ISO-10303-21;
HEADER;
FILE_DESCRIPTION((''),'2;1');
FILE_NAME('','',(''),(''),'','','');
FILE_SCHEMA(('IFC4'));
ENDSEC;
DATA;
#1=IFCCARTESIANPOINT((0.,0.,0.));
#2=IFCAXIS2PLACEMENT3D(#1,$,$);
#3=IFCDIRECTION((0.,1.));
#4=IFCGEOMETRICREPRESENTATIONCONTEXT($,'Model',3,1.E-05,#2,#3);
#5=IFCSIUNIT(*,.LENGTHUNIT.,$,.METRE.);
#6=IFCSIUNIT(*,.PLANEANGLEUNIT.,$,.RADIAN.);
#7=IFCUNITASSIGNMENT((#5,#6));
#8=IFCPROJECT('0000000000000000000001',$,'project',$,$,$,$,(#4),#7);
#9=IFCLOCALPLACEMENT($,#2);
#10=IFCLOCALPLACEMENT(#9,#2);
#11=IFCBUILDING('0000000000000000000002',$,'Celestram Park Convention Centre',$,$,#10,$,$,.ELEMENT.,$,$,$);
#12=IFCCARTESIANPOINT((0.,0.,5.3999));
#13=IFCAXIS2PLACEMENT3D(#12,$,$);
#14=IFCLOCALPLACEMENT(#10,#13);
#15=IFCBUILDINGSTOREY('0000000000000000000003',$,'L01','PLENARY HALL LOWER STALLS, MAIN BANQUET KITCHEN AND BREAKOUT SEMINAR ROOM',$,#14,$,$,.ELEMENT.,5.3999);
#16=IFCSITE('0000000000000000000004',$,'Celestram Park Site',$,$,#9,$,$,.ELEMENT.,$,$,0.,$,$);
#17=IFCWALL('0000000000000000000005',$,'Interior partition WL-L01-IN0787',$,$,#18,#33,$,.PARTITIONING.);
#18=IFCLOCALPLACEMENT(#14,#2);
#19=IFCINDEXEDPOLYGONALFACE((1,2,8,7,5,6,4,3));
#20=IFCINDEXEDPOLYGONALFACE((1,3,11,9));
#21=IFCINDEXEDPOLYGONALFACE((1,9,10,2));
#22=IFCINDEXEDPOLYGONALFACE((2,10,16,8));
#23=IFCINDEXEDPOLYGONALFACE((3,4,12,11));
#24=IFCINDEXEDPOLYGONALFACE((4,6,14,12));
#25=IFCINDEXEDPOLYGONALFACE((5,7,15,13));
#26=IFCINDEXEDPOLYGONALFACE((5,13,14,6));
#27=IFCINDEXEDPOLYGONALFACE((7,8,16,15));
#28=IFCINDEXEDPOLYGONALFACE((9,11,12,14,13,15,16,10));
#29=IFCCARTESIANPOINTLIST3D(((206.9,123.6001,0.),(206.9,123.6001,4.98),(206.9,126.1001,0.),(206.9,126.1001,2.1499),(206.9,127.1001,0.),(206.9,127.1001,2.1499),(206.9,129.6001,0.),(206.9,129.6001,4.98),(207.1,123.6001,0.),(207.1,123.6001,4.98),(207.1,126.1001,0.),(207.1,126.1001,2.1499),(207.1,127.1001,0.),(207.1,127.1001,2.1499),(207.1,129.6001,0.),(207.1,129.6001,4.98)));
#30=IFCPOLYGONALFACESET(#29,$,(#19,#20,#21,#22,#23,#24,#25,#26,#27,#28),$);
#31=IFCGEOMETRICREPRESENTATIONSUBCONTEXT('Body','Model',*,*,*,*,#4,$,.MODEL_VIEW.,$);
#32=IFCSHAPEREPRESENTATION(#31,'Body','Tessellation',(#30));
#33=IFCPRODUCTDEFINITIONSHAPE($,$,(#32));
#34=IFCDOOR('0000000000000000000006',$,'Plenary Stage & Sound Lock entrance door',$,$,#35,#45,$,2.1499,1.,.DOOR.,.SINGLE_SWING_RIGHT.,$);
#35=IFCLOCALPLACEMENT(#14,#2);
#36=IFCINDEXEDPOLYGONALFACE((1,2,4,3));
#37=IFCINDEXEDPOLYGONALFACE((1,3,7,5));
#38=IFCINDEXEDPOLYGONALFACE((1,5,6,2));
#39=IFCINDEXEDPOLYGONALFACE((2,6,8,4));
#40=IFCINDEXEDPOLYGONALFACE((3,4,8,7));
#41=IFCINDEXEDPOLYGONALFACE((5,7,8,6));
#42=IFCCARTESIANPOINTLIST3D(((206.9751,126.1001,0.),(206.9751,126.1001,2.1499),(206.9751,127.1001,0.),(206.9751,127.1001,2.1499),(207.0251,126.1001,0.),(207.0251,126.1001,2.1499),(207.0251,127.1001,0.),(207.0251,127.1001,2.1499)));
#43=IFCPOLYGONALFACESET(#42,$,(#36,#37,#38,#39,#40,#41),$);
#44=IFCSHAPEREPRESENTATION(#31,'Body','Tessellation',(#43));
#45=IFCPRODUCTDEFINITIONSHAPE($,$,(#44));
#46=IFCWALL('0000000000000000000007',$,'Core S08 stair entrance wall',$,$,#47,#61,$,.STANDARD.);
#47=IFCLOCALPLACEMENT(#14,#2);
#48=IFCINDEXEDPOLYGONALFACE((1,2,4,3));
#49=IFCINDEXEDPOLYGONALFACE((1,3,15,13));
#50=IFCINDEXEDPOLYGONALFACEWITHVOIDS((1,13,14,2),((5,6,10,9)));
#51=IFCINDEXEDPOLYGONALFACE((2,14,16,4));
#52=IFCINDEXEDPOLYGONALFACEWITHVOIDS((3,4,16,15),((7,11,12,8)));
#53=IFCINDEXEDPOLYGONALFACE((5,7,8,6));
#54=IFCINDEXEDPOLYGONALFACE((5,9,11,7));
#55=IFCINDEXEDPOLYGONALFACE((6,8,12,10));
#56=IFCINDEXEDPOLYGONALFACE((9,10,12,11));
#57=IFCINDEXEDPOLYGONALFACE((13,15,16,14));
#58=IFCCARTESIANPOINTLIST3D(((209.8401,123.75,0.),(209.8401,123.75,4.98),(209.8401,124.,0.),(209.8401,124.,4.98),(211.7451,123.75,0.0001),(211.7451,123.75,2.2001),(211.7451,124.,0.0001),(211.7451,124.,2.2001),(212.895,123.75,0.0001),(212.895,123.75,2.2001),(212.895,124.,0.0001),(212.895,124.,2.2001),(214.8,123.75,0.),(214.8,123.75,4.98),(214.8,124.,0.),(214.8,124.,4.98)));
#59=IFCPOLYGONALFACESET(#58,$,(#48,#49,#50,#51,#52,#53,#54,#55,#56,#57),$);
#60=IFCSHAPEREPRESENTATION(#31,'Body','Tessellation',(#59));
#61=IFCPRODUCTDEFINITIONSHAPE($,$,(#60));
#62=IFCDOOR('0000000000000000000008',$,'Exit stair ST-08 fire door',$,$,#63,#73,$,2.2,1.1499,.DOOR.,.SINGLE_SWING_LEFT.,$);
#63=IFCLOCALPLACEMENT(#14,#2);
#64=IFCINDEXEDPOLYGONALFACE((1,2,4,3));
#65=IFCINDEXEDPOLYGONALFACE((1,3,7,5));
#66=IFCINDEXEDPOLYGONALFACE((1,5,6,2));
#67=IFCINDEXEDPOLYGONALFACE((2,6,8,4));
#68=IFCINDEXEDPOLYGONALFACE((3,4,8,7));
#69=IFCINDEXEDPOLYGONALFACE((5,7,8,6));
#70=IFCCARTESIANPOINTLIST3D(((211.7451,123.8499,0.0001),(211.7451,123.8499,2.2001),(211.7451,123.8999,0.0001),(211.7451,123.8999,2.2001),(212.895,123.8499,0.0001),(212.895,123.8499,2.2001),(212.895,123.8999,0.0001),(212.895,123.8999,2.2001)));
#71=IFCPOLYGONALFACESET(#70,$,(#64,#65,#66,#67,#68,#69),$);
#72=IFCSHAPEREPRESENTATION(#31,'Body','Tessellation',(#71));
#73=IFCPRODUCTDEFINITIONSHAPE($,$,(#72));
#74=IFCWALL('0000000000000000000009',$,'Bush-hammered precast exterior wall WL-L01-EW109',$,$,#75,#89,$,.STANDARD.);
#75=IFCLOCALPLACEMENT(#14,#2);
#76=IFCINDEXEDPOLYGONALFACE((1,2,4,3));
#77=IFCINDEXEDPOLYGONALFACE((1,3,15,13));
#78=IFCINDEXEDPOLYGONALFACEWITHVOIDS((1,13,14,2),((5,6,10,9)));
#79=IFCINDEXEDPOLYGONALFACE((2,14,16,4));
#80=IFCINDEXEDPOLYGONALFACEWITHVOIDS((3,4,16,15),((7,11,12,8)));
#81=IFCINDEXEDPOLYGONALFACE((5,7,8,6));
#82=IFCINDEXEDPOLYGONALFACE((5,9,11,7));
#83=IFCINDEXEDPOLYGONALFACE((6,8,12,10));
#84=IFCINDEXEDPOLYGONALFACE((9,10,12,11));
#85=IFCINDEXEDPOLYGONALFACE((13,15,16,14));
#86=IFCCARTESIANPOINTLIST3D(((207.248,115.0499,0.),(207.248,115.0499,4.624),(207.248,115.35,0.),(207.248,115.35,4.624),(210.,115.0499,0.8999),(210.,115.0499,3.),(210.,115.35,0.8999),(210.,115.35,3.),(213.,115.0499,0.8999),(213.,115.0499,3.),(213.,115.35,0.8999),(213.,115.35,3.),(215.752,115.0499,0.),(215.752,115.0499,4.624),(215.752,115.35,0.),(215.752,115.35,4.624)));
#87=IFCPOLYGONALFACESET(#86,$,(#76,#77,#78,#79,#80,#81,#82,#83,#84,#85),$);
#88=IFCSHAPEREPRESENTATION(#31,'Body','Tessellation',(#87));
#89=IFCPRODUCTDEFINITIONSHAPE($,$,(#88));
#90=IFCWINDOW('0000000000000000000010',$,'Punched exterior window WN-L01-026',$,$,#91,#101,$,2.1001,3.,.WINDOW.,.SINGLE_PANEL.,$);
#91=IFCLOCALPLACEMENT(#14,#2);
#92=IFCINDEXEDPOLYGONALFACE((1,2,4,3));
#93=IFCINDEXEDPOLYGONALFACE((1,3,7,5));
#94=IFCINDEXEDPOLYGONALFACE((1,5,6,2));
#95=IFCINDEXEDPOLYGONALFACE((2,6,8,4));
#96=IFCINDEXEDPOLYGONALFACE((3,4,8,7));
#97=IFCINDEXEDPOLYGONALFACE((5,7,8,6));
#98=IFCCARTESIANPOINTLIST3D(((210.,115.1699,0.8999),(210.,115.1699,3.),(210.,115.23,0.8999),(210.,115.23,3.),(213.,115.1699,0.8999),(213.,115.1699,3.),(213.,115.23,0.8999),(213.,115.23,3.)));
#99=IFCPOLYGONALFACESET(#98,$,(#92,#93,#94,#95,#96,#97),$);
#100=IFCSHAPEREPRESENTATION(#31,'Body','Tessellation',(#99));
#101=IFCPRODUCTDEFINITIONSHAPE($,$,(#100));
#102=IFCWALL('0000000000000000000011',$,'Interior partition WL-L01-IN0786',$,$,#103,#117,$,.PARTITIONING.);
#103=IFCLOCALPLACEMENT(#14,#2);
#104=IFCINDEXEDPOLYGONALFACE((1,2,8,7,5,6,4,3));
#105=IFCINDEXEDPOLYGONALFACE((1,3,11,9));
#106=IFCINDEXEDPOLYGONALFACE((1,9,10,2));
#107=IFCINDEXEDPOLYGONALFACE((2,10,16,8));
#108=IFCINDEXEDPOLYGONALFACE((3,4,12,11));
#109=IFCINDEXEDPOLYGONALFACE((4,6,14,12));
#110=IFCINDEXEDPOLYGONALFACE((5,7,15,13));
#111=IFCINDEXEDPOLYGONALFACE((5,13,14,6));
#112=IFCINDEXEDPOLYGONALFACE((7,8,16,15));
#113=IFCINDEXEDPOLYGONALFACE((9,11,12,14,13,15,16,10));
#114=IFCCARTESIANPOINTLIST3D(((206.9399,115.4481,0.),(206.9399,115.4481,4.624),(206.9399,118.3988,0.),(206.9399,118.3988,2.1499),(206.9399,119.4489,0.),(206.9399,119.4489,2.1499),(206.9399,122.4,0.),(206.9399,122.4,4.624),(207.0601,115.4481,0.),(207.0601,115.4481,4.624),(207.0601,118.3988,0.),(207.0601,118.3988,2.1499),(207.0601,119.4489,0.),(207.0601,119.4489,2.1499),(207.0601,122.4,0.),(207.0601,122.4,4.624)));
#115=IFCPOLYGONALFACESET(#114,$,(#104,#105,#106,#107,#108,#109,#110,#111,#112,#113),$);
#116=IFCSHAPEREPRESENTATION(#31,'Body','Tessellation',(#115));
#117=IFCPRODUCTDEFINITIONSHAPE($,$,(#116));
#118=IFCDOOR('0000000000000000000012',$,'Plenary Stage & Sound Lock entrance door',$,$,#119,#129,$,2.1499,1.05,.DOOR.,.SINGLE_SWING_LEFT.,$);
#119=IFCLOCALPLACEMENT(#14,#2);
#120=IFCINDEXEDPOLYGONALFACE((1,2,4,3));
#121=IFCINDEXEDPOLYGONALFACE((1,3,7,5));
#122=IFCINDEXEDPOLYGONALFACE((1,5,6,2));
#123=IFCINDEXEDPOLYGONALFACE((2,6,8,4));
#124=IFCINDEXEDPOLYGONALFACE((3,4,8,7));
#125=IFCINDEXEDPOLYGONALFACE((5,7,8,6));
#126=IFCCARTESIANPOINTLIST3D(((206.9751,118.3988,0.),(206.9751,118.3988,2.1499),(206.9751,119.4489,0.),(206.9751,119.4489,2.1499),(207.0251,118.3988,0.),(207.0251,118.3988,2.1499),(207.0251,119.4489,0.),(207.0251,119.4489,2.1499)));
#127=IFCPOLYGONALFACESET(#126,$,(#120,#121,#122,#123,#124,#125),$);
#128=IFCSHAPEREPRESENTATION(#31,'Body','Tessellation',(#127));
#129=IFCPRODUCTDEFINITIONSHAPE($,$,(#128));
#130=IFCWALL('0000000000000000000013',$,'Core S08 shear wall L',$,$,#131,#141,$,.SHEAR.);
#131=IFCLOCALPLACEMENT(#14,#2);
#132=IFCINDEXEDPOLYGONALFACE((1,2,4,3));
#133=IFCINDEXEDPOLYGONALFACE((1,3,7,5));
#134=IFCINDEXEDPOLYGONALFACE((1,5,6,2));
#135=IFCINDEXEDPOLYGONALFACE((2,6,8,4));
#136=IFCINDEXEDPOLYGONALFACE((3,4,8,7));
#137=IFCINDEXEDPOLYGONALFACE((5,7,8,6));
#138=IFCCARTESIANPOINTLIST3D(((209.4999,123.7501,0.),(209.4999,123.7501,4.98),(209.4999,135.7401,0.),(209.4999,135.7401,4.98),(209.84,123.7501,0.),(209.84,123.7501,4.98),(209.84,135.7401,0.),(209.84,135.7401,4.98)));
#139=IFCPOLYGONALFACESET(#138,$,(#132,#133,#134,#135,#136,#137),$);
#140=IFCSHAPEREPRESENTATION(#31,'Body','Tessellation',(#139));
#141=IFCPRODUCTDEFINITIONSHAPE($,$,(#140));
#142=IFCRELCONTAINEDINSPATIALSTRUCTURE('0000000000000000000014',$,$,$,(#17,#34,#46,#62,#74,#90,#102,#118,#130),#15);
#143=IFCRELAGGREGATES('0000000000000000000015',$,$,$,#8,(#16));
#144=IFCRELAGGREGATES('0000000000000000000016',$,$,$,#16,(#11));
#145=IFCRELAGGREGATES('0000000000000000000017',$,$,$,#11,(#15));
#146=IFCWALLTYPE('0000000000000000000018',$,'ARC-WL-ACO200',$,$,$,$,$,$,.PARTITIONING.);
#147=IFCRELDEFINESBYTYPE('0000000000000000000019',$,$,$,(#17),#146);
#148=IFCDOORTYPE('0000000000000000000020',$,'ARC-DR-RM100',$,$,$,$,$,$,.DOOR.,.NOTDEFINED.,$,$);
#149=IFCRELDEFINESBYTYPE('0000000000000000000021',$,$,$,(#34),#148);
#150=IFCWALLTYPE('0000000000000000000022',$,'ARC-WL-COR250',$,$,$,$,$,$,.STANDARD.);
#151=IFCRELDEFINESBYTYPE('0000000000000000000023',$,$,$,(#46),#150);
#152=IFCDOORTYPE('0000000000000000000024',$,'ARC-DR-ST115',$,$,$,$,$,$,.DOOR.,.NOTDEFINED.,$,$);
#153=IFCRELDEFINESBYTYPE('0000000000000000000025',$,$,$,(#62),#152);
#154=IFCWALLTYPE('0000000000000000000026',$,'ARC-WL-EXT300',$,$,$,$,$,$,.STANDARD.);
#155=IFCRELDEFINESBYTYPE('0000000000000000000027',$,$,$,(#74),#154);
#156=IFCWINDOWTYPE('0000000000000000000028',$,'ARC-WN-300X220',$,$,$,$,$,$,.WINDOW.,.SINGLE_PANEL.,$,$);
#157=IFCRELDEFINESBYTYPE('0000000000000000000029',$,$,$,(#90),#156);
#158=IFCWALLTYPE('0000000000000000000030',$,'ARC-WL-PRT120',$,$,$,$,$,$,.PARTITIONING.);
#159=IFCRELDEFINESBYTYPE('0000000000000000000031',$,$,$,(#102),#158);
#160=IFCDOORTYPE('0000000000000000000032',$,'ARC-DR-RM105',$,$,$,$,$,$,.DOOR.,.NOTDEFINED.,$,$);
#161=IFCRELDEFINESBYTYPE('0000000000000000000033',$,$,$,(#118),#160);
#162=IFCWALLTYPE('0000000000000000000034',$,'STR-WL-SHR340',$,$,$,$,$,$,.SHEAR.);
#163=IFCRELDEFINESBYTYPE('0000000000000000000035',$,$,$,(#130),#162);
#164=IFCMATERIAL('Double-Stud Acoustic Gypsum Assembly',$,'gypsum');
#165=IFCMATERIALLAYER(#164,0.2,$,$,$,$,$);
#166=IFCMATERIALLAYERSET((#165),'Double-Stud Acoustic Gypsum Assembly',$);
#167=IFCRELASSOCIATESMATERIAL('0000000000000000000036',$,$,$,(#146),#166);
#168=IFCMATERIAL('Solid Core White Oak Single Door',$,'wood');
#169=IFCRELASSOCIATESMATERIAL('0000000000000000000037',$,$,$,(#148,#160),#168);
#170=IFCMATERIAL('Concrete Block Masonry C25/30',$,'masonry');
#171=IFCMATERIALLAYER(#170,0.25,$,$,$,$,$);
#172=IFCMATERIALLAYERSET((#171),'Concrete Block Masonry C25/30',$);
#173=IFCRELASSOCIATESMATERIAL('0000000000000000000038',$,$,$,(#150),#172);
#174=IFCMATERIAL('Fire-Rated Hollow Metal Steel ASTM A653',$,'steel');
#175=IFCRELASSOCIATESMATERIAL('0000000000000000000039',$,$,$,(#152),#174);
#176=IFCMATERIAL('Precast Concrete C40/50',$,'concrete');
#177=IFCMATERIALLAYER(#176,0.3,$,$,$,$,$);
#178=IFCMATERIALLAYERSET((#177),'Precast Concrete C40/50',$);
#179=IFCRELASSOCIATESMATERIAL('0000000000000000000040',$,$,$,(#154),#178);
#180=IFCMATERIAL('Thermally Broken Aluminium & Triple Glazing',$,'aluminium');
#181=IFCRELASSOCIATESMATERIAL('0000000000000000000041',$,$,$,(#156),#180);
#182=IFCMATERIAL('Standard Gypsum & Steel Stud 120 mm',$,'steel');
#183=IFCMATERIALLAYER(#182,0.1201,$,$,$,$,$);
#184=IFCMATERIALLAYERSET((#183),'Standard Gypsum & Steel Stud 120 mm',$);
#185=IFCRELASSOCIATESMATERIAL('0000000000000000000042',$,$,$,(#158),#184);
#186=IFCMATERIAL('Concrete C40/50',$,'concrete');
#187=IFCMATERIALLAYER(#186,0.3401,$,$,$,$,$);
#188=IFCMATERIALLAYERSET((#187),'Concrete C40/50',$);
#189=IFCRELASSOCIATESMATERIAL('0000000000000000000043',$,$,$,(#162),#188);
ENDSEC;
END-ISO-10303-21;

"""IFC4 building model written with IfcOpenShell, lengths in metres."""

from ifc_helpers import new_model, si_unit, direction, frame, frame_2d, origin, place, context, subcontext, project, spatial, rectangle, extrude, material, layer, layer_set, type_object, element, fill, save


model = new_model("IFC4")

# Units and contexts
model_context = context("Model", 3, precision=1e-05, world=origin(), true_north=direction((0.0, 1.0)))
body_context = subcontext(model_context, "Body", "Model", "MODEL_VIEW")
ifc_project = project(units=[si_unit("LENGTHUNIT", "METRE"), si_unit("PLANEANGLEUNIT", "RADIAN")], contexts=[model_context])

# Site, building, storey
site_placement = place(None, origin())
site = spatial("IfcSite", under=ifc_project, at=site_placement, Name="Celestram Park Site", CompositionType="ELEMENT", RefElevation=0.0)
building_placement = place(site_placement, origin())
building = spatial("IfcBuilding", under=site, at=building_placement, Name="Celestram Park Convention Centre", CompositionType="ELEMENT")
storey_placement = place(building_placement, frame((0.0, 0.0, 5.3999)))
storey = spatial("IfcBuildingStorey", under=building, at=storey_placement, Name="L01", Description="PLENARY HALL LOWER STALLS, MAIN BANQUET KITCHEN AND BREAKOUT SEMINAR ROOM", CompositionType="ELEMENT", Elevation=5.3999)

# Walls, openings, doors
ifc_material_1 = material(Name="Double-Stud Acoustic Gypsum Assembly", Category="gypsum")
ifc_layer_1 = layer(ifc_material_1, 0.2)
ifc_layer_set_1 = layer_set([ifc_layer_1], Name="Double-Stud Acoustic Gypsum Assembly")
wall_type_1 = type_object("IfcWallType", Name="ARC-WL-ACO200", PredefinedType="PARTITIONING", material=ifc_layer_set_1)
wall_1_placement = place(storey_placement, frame((207.0, 123.6001, 0.0), z_axis=(0.0, 0.0, 1.0), x_axis=(0.0, 1.0, 0.0)))
wall_1 = element("IfcWall", 1, at=wall_1_placement, inside=storey, type_object=wall_type_1, Name="Interior partition WL-L01-IN0787", PredefinedType="PARTITIONING", context=body_context, shape_type="SweptSolid", body=[
    extrude(rectangle(XDim=6.0, YDim=0.2, at=frame_2d((3.0, 0.0))), origin(), (0.0, 0.0, 1.0), 4.98),
])
opening_1_placement = place(wall_1_placement, frame((2.5, 0.0, 0.0)))
opening_1 = element("IfcOpeningElement", 2, at=opening_1_placement, cuts=wall_1, PredefinedType="OPENING", context=body_context, shape_type="SweptSolid", body=[
    extrude(rectangle(XDim=1.0, YDim=2.1499, at=frame_2d((0.5, 1.075))), frame((0.0, 0.1099, 0.0), z_axis=(0.0, -1.0, 0.0), x_axis=(1.0, 0.0, 0.0)), (0.0, 0.0, 1.0), 0.22),
])
ifc_material_2 = material(Name="Solid Core White Oak Single Door", Category="wood")
door_type_1 = type_object("IfcDoorType", Name="ARC-DR-RM100", OperationType="NOTDEFINED", PredefinedType="DOOR", material=ifc_material_2)
door_1_placement = place(opening_1_placement, origin())
door_1 = element("IfcDoor", 3, at=door_1_placement, inside=storey, type_object=door_type_1, Name="Plenary Stage & Sound Lock entrance door", OperationType="SINGLE_SWING_RIGHT", OverallHeight=2.1499, OverallWidth=1.0, PredefinedType="DOOR", context=body_context, shape_type="SweptSolid", body=[
    extrude(rectangle(XDim=1.0, YDim=2.1499, at=frame_2d((0.5, 1.075))), frame((0.0, 0.0249, 0.0), z_axis=(0.0, -1.0, 0.0), x_axis=(1.0, 0.0, 0.0)), (0.0, 0.0, 1.0), 0.05),
])
fill(opening_1, door_1)
ifc_material_3 = material(Name="Concrete Block Masonry C25/30", Category="masonry")
ifc_layer_2 = layer(ifc_material_3, 0.25)
ifc_layer_set_2 = layer_set([ifc_layer_2], Name="Concrete Block Masonry C25/30")
wall_type_2 = type_object("IfcWallType", Name="ARC-WL-COR250", PredefinedType="STANDARD", material=ifc_layer_set_2)
wall_2_placement = place(storey_placement, frame((209.8401, 123.875, 0.0), z_axis=(0.0, 0.0, 1.0), x_axis=(1.0, 0.0, 0.0)))
wall_2 = element("IfcWall", 4, at=wall_2_placement, inside=storey, type_object=wall_type_2, Name="Core S08 stair entrance wall", PredefinedType="STANDARD", context=body_context, shape_type="SweptSolid", body=[
    extrude(rectangle(XDim=4.96, YDim=0.25, at=frame_2d((2.48, 0.0))), origin(), (0.0, 0.0, 1.0), 4.98),
])
opening_2_placement = place(wall_2_placement, frame((1.905, 0.0, 0.0)))
opening_2 = element("IfcOpeningElement", 5, at=opening_2_placement, cuts=wall_2, PredefinedType="OPENING", context=body_context, shape_type="SweptSolid", body=[
    extrude(rectangle(XDim=1.1499, YDim=2.2, at=frame_2d((0.575, 1.1001))), frame((0.0, 0.135, 0.0), z_axis=(0.0, -1.0, 0.0), x_axis=(1.0, 0.0, 0.0)), (0.0, 0.0, 1.0), 0.27),
])
ifc_material_4 = material(Name="Fire-Rated Hollow Metal Steel ASTM A653", Category="steel")
door_type_2 = type_object("IfcDoorType", Name="ARC-DR-ST115", OperationType="NOTDEFINED", PredefinedType="DOOR", material=ifc_material_4)
door_2_placement = place(opening_2_placement, origin())
door_2 = element("IfcDoor", 6, at=door_2_placement, inside=storey, type_object=door_type_2, Name="Exit stair ST-08 fire door", OperationType="SINGLE_SWING_LEFT", OverallHeight=2.2, OverallWidth=1.1499, PredefinedType="DOOR", context=body_context, shape_type="SweptSolid", body=[
    extrude(rectangle(XDim=1.1499, YDim=2.2, at=frame_2d((0.575, 1.1001))), frame((0.0, 0.0249, 0.0), z_axis=(0.0, -1.0, 0.0), x_axis=(1.0, 0.0, 0.0)), (0.0, 0.0, 1.0), 0.05),
])
fill(opening_2, door_2)

# Wall, opening, window
ifc_material_5 = material(Name="Precast Concrete C40/50", Category="concrete")
ifc_layer_3 = layer(ifc_material_5, 0.3)
ifc_layer_set_3 = layer_set([ifc_layer_3], Name="Precast Concrete C40/50")
wall_type_3 = type_object("IfcWallType", Name="ARC-WL-EXT300", PredefinedType="STANDARD", material=ifc_layer_set_3)
wall_3_placement = place(storey_placement, frame((215.752, 115.2, 0.0), z_axis=(0.0, 0.0, 1.0), x_axis=(-1.0, 0.0, 0.0)))
wall_3 = element("IfcWall", 7, at=wall_3_placement, inside=storey, type_object=wall_type_3, Name="Bush-hammered precast exterior wall WL-L01-EW109", PredefinedType="STANDARD", context=body_context, shape_type="SweptSolid", body=[
    extrude(rectangle(XDim=8.5039, YDim=0.3, at=frame_2d((4.252, 0.0))), origin(), (0.0, 0.0, 1.0), 4.624),
])
opening_3_placement = place(wall_3_placement, frame((2.752, 0.0, 0.8999)))
opening_3 = element("IfcOpeningElement", 8, at=opening_3_placement, cuts=wall_3, PredefinedType="OPENING", context=body_context, shape_type="SweptSolid", body=[
    extrude(rectangle(XDim=3.0, YDim=2.1001, at=frame_2d((1.5, 1.05))), frame((0.0, 0.1599, 0.0), z_axis=(0.0, -1.0, 0.0), x_axis=(1.0, 0.0, 0.0)), (0.0, 0.0, 1.0), 0.3201),
])
ifc_material_6 = material(Name="Thermally Broken Aluminium & Triple Glazing", Category="aluminium")
window_type = type_object("IfcWindowType", Name="ARC-WN-300X220", PartitioningType="SINGLE_PANEL", PredefinedType="WINDOW", material=ifc_material_6)
window_placement = place(opening_3_placement, origin())
window = element("IfcWindow", 9, at=window_placement, inside=storey, type_object=window_type, Name="Punched exterior window WN-L01-026", OverallHeight=2.1001, OverallWidth=3.0, PartitioningType="SINGLE_PANEL", PredefinedType="WINDOW", context=body_context, shape_type="SweptSolid", body=[
    extrude(rectangle(XDim=3.0, YDim=2.1001, at=frame_2d((1.5, 1.05))), frame((0.0, 0.03, 0.0), z_axis=(0.0, -1.0, 0.0), x_axis=(1.0, 0.0, 0.0)), (0.0, 0.0, 1.0), 0.0601),
])
fill(opening_3, window)

# Wall, opening, door
ifc_material_7 = material(Name="Standard Gypsum & Steel Stud 120 mm", Category="steel")
ifc_layer_4 = layer(ifc_material_7, 0.1201)
ifc_layer_set_4 = layer_set([ifc_layer_4], Name="Standard Gypsum & Steel Stud 120 mm")
wall_type_4 = type_object("IfcWallType", Name="ARC-WL-PRT120", PredefinedType="PARTITIONING", material=ifc_layer_set_4)
wall_4_placement = place(storey_placement, frame((207.0, 115.448, 0.0), z_axis=(0.0, 0.0, 1.0), x_axis=(0.0, 1.0, 0.0)))
wall_4 = element("IfcWall", 10, at=wall_4_placement, inside=storey, type_object=wall_type_4, Name="Interior partition WL-L01-IN0786", PredefinedType="PARTITIONING", context=body_context, shape_type="SweptSolid", body=[
    extrude(rectangle(XDim=6.9519, YDim=0.1201, at=frame_2d((3.4761, 0.0))), origin(), (0.0, 0.0, 1.0), 4.624),
])
opening_4_placement = place(wall_4_placement, frame((2.9509, 0.0, 0.0)))
opening_4 = element("IfcOpeningElement", 11, at=opening_4_placement, cuts=wall_4, PredefinedType="OPENING", context=body_context, shape_type="SweptSolid", body=[
    extrude(rectangle(XDim=1.05, YDim=2.1499, at=frame_2d((0.5249, 1.075))), frame((0.0, 0.0701, 0.0), z_axis=(0.0, -1.0, 0.0), x_axis=(1.0, 0.0, 0.0)), (0.0, 0.0, 1.0), 0.1401),
])
door_type_3 = type_object("IfcDoorType", Name="ARC-DR-RM105", OperationType="NOTDEFINED", PredefinedType="DOOR", material=ifc_material_2)
door_3_placement = place(opening_4_placement, origin())
door_3 = element("IfcDoor", 12, at=door_3_placement, inside=storey, type_object=door_type_3, Name="Plenary Stage & Sound Lock entrance door", OperationType="SINGLE_SWING_LEFT", OverallHeight=2.1499, OverallWidth=1.05, PredefinedType="DOOR", context=body_context, shape_type="SweptSolid", body=[
    extrude(rectangle(XDim=1.05, YDim=2.1499, at=frame_2d((0.5249, 1.075))), frame((0.0, 0.0249, 0.0), z_axis=(0.0, -1.0, 0.0), x_axis=(1.0, 0.0, 0.0)), (0.0, 0.0, 1.0), 0.05),
])
fill(opening_4, door_3)

# Wall
ifc_material_8 = material(Name="Concrete C40/50", Category="concrete")
ifc_layer_5 = layer(ifc_material_8, 0.3401)
ifc_layer_set_5 = layer_set([ifc_layer_5], Name="Concrete C40/50")
wall_type_5 = type_object("IfcWallType", Name="STR-WL-SHR340", PredefinedType="SHEAR", material=ifc_layer_set_5)
wall_5_placement = place(storey_placement, frame((209.6699, 123.75, 0.0), z_axis=(0.0, 0.0, 1.0), x_axis=(0.0, 1.0, 0.0)))
element("IfcWall", 13, at=wall_5_placement, inside=storey, type_object=wall_type_5, Name="Core S08 shear wall L", PredefinedType="SHEAR", context=body_context, shape_type="SweptSolid", body=[
    extrude(rectangle(XDim=11.99, YDim=0.3401, at=frame_2d((5.9951, 0.0))), origin(), (0.0, 0.0, 1.0), 4.98),
])

save(model, "model.ifc")
